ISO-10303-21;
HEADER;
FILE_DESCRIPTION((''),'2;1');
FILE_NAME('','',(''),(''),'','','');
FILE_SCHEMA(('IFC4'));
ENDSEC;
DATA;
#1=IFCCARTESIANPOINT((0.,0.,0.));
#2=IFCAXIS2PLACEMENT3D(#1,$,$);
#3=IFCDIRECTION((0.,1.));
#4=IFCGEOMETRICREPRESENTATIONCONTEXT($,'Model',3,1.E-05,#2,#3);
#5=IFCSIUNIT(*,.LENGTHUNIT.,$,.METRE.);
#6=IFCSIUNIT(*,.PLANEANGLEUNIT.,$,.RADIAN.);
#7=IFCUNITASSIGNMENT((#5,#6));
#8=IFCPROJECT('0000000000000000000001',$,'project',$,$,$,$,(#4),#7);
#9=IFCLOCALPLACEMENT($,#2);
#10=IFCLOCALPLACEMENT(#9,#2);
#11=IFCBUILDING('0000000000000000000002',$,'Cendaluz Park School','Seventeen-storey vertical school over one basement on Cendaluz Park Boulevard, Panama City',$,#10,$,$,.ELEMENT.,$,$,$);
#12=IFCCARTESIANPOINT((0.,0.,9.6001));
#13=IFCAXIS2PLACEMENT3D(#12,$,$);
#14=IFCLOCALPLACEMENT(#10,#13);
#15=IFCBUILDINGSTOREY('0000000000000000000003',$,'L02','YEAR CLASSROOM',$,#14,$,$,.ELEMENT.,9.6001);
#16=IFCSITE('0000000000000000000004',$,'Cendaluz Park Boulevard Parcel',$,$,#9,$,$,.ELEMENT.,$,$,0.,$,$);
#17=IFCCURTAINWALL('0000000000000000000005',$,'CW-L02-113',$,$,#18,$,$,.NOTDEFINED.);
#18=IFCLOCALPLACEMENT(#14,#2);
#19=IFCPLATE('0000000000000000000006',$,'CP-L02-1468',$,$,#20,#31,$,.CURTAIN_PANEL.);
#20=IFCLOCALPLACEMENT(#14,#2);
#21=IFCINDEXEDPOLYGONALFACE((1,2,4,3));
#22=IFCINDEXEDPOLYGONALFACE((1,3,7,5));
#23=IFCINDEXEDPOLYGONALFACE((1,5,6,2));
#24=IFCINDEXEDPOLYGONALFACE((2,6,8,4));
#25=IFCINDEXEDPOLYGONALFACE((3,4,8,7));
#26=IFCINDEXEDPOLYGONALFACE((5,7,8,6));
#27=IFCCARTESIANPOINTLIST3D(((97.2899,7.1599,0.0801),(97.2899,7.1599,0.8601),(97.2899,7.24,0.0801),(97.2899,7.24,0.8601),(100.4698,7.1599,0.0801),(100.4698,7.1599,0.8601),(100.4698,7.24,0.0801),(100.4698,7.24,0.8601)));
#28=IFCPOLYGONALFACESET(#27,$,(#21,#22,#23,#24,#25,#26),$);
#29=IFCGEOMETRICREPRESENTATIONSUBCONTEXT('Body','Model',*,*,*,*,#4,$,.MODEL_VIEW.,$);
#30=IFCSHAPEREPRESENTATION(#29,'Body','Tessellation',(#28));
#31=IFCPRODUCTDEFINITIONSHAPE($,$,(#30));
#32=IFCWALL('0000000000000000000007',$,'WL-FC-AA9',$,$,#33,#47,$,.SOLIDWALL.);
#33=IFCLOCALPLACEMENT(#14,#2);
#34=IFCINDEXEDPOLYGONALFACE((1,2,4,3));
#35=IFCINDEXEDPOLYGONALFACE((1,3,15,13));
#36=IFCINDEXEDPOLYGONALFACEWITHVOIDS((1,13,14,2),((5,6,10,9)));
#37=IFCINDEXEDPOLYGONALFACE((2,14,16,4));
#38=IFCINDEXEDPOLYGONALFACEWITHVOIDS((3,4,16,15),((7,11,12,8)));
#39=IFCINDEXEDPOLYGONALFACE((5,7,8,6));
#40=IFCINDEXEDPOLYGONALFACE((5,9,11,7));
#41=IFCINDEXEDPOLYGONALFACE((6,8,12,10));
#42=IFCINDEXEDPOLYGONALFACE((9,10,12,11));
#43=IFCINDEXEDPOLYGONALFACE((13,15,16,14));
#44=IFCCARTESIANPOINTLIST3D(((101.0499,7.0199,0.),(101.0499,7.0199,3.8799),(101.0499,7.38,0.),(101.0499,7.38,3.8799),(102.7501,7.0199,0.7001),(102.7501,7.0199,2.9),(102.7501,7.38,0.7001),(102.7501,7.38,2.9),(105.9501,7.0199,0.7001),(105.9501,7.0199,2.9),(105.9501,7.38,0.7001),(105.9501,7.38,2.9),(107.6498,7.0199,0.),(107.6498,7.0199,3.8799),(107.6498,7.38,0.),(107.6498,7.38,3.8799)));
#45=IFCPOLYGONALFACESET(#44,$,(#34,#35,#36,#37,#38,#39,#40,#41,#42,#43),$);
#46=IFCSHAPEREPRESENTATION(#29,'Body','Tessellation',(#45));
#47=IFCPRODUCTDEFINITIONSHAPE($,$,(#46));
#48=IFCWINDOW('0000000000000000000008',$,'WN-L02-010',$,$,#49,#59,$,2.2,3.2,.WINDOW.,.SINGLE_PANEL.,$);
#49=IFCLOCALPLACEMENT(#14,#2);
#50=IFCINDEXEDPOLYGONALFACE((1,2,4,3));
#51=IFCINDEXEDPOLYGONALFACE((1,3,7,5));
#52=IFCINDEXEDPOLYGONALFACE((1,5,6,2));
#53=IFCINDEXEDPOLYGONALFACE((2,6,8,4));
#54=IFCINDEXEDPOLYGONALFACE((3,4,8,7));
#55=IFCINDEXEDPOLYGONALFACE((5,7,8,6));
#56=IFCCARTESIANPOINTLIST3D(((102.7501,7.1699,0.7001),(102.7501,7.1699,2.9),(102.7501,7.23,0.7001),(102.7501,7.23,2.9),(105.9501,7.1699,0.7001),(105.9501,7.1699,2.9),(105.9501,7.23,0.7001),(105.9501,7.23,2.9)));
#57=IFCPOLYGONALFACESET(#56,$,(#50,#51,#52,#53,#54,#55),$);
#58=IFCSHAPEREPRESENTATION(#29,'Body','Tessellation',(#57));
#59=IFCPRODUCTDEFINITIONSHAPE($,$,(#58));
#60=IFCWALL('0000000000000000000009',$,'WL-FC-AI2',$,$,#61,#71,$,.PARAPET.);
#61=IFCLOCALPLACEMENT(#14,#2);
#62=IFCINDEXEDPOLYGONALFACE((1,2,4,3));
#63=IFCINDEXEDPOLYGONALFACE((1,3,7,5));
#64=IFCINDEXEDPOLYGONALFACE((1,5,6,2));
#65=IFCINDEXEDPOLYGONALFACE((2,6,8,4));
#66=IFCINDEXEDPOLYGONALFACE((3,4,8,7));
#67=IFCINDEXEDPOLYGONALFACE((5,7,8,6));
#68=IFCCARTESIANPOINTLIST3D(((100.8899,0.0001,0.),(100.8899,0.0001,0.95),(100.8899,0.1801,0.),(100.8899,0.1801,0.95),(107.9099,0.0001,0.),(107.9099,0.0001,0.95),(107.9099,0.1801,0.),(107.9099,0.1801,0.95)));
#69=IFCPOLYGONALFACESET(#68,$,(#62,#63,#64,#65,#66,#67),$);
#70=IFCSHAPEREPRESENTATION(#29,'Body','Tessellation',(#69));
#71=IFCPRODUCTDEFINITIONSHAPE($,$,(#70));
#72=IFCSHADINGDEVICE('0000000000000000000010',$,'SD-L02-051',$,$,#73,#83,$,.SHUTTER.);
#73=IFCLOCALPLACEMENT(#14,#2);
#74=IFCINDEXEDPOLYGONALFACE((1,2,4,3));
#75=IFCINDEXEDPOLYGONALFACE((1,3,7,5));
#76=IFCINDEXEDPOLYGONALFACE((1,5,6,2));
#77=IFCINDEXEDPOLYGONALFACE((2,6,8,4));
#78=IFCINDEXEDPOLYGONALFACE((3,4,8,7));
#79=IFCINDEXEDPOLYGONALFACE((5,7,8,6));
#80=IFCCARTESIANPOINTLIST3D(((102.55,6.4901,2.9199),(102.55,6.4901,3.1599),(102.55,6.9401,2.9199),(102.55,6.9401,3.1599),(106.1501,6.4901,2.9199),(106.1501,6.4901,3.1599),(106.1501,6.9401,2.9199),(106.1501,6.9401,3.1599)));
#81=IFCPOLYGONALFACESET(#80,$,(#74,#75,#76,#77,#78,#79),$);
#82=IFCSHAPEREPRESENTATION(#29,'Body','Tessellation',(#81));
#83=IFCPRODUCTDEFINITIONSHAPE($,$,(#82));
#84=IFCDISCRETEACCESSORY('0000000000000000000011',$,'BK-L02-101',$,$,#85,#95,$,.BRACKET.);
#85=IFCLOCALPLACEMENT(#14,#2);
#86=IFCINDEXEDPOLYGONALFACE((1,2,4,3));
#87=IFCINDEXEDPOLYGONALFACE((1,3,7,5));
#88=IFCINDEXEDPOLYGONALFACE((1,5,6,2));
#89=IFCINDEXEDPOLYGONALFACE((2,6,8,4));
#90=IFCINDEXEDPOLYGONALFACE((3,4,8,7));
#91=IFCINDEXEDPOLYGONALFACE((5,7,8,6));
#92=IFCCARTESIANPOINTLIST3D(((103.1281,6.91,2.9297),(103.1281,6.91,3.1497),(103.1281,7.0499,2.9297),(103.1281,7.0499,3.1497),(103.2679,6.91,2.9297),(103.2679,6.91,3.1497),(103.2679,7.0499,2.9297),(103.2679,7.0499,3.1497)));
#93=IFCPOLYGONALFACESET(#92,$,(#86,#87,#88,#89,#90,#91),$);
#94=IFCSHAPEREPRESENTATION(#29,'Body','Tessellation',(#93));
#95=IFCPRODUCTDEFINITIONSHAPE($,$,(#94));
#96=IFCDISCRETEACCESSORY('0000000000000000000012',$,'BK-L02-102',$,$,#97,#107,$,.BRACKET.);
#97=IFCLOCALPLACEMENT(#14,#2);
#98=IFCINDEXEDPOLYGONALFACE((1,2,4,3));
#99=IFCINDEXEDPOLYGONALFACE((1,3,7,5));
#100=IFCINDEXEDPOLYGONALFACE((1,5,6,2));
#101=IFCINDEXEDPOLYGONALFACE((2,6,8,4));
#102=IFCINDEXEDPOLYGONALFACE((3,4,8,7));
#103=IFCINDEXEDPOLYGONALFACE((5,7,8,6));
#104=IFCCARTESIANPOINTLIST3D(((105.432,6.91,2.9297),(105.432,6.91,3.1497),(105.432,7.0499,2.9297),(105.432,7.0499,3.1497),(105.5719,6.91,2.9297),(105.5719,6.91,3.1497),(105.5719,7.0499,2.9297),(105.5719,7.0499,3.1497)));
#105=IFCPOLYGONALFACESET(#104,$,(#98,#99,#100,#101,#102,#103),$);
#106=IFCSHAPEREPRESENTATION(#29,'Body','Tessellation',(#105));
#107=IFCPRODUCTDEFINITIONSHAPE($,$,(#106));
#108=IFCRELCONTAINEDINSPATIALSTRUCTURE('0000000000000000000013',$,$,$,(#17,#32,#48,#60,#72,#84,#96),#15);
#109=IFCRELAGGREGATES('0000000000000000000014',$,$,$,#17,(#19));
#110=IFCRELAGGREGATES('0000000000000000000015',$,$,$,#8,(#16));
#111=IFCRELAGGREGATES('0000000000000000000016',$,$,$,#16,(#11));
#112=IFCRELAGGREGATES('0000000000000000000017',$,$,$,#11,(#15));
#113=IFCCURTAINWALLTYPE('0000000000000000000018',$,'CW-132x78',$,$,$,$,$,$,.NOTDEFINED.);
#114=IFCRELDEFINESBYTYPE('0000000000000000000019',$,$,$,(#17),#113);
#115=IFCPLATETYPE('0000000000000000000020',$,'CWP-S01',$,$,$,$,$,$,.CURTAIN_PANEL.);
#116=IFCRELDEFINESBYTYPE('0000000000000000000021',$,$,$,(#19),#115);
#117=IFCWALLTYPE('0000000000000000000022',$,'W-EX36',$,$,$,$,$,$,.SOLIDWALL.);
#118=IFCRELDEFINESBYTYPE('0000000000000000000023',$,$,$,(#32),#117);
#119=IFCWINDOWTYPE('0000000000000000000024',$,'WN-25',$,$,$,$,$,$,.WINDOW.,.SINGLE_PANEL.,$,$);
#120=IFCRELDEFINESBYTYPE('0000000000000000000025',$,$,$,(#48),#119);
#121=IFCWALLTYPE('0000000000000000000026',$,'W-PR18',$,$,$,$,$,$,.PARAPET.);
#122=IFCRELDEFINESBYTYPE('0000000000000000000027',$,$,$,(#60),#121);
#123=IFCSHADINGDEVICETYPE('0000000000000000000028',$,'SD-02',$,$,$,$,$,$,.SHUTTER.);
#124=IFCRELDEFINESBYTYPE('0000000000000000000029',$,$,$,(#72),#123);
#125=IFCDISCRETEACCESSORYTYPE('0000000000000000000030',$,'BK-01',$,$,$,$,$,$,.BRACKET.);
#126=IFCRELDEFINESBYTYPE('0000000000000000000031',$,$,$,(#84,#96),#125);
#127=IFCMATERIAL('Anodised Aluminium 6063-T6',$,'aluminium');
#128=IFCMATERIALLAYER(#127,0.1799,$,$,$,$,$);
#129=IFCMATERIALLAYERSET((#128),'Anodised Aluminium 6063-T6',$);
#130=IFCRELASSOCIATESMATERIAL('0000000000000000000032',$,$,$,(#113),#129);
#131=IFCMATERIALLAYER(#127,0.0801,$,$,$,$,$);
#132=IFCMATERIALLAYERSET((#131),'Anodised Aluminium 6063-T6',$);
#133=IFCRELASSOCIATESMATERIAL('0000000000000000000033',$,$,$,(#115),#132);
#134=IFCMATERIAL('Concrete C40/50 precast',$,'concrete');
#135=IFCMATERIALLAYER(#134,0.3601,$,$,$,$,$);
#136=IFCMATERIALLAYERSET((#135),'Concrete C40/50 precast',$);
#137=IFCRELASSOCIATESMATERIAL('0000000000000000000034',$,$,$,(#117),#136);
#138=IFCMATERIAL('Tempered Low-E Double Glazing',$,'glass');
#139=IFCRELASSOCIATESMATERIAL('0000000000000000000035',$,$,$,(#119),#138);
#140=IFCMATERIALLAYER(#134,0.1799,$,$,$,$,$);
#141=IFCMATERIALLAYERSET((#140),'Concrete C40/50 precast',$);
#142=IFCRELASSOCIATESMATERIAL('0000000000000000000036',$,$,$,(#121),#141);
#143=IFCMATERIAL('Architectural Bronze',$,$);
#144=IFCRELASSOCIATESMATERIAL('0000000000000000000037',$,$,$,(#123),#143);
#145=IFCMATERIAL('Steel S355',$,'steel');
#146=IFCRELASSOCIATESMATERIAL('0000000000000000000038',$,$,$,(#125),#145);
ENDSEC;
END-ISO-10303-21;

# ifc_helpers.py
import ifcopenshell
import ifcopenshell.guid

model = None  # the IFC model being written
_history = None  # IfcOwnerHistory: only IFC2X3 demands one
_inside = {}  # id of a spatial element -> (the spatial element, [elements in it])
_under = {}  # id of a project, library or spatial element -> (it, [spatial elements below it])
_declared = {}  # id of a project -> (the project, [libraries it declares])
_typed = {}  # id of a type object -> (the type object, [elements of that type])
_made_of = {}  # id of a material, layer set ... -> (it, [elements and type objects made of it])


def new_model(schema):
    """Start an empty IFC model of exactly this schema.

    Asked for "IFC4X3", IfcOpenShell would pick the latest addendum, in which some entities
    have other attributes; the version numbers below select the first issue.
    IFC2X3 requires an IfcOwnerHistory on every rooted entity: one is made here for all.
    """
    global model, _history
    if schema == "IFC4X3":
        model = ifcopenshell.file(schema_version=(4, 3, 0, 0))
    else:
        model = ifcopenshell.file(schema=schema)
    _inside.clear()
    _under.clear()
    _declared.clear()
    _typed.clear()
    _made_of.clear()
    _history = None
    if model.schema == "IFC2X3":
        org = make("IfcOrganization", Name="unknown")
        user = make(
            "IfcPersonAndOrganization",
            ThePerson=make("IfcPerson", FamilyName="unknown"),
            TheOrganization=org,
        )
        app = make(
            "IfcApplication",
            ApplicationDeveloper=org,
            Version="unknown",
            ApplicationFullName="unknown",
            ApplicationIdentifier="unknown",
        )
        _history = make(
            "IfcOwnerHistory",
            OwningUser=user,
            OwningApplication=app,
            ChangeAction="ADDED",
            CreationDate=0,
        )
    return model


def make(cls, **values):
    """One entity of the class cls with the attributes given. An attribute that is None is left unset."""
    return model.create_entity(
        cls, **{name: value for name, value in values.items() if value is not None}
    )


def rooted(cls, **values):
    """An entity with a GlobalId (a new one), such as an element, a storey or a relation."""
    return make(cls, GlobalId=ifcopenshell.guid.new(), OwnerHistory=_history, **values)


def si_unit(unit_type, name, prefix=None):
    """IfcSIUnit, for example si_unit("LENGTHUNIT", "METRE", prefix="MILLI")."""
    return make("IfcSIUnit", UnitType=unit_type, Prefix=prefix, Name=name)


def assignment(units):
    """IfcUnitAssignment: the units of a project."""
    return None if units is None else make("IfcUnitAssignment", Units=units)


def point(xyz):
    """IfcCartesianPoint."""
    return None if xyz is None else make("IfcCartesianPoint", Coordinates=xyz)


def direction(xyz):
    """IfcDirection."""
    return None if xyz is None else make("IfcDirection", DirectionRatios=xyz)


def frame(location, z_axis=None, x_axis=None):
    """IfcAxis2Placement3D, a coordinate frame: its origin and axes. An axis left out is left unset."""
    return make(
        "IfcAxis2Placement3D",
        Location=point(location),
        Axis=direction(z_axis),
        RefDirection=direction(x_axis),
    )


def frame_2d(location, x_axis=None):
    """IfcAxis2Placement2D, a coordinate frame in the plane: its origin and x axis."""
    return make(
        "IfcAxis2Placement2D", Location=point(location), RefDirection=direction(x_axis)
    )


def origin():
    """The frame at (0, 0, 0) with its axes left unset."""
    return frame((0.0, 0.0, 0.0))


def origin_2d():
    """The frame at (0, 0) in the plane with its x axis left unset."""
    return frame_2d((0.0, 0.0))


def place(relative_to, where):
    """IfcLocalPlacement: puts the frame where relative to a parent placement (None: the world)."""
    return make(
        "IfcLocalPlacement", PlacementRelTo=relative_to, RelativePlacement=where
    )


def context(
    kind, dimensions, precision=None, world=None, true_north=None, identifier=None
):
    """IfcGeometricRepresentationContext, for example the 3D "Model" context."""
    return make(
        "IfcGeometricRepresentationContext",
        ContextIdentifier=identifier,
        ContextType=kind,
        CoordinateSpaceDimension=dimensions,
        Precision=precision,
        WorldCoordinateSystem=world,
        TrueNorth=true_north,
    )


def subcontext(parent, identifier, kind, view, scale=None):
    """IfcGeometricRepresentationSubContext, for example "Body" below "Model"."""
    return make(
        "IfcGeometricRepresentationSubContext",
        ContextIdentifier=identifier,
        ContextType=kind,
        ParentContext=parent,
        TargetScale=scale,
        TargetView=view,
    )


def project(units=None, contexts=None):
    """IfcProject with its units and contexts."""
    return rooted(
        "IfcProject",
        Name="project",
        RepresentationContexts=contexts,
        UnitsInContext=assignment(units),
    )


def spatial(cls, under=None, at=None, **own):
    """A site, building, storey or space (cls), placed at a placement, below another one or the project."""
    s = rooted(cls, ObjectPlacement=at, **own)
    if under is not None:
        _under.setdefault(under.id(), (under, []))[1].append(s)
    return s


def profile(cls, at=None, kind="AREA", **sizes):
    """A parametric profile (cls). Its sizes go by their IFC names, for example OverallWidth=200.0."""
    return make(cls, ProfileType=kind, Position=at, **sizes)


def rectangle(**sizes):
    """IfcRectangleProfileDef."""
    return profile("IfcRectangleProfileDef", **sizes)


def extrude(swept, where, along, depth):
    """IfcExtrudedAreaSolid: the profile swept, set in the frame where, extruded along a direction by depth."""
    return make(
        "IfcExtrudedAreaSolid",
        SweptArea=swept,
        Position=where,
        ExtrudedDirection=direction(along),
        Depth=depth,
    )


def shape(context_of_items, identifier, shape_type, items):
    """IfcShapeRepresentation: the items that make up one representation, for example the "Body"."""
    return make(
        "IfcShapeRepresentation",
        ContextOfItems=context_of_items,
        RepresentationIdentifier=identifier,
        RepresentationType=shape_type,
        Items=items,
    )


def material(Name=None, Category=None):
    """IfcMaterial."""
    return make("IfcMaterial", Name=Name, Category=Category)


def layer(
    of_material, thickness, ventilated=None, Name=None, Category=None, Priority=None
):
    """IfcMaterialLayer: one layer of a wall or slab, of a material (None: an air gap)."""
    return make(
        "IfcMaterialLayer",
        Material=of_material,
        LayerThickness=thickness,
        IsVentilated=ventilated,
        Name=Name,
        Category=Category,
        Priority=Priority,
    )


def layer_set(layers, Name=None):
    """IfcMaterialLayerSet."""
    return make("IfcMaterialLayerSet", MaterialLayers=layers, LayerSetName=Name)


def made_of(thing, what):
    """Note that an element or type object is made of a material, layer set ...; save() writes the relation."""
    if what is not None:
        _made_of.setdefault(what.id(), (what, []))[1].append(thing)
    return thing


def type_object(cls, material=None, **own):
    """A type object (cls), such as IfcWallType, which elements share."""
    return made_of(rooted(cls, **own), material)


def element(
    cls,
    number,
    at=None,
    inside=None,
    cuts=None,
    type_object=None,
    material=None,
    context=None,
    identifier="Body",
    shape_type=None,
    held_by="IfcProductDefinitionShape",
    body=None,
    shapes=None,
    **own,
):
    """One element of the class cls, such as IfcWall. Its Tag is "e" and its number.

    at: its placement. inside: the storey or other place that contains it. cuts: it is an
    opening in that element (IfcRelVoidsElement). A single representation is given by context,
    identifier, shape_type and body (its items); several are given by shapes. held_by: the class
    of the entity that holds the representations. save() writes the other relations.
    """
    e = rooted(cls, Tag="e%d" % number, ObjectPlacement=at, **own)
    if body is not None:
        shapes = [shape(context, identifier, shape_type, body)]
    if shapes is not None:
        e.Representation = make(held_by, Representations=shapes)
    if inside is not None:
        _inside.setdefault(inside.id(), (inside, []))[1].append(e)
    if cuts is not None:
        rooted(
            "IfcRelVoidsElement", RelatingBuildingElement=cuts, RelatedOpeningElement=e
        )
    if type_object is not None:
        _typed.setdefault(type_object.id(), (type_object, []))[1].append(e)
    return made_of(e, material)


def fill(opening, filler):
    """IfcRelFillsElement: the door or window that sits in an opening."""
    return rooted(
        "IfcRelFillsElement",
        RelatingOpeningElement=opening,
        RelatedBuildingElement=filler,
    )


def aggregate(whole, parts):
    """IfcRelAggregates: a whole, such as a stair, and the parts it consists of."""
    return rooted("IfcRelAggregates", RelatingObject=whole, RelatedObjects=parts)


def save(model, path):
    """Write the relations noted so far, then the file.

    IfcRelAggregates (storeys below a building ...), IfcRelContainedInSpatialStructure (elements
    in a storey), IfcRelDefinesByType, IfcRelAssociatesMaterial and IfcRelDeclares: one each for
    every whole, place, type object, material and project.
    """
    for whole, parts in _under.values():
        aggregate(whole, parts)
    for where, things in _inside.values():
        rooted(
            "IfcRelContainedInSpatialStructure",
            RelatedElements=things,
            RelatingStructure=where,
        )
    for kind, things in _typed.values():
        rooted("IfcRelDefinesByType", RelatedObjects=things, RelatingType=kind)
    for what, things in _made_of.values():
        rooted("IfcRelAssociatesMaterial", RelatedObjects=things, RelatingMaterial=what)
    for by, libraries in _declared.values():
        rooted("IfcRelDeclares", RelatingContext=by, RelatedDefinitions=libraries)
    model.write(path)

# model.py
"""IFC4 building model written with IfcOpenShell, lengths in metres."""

from ifc_helpers import new_model, si_unit, direction, frame, frame_2d, origin, origin_2d, place, context, subcontext, project, spatial, rectangle, extrude, material, layer, layer_set, type_object, element, fill, aggregate, save


model = new_model("IFC4")

# Units and contexts
model_context = context("Model", 3, precision=1e-05, world=origin(), true_north=direction((0.0, 1.0)))
body_context = subcontext(model_context, "Body", "Model", "MODEL_VIEW")
ifc_project = project(units=[si_unit("LENGTHUNIT", "METRE"), si_unit("PLANEANGLEUNIT", "RADIAN")], contexts=[model_context])

# Site, building, storey
site_placement = place(None, origin())
site = spatial("IfcSite", under=ifc_project, at=site_placement, Name="Cendaluz Park Boulevard Parcel", CompositionType="ELEMENT", RefElevation=0.0)
building_placement = place(site_placement, origin())
building = spatial("IfcBuilding", under=site, at=building_placement, Name="Cendaluz Park School", Description="Seventeen-storey vertical school over one basement on Cendaluz Park Boulevard, Panama City", CompositionType="ELEMENT")
storey_placement = place(building_placement, frame((0.0, 0.0, 9.6001)))
storey = spatial("IfcBuildingStorey", under=building, at=storey_placement, Name="L02", Description="YEAR CLASSROOM", CompositionType="ELEMENT", Elevation=9.6001)

# Curtain wall, plate
ifc_material_1 = material(Name="Anodised Aluminium 6063-T6", Category="aluminium")
ifc_layer_1 = layer(ifc_material_1, 0.1799)
ifc_layer_set_1 = layer_set([ifc_layer_1], Name="Anodised Aluminium 6063-T6")
curtain_wall_type = type_object("IfcCurtainWallType", Name="CW-132x78", PredefinedType="NOTDEFINED", material=ifc_layer_set_1)
curtain_wall_placement = place(storey_placement, origin())
curtain_wall = element("IfcCurtainWall", 1, at=curtain_wall_placement, inside=storey, type_object=curtain_wall_type, Name="CW-L02-113", PredefinedType="NOTDEFINED")
ifc_material_2 = material(Name="Tempered Low-E Double Glazing", Category="glass")
ifc_layer_2 = layer(ifc_material_1, 0.0801)
ifc_layer_set_2 = layer_set([ifc_layer_2], Name="Anodised Aluminium 6063-T6")
plate_type_1 = type_object("IfcPlateType", Name="CWP-S01", PredefinedType="CURTAIN_PANEL", material=ifc_layer_set_2)
plate_1_placement = place(storey_placement, frame((98.8799, 7.2, 0.0801), z_axis=(0.0, 0.0, 1.0), x_axis=(1.0, 0.0, 0.0)))
plate_1 = element("IfcPlate", 2, at=plate_1_placement, type_object=plate_type_1, Name="CP-L02-1468", PredefinedType="CURTAIN_PANEL", context=body_context, shape_type="SweptSolid", body=[
    extrude(rectangle(XDim=3.1799, YDim=0.0801, at=origin_2d()), origin(), (0.0, 0.0, 1.0), 0.78),
])
aggregate(curtain_wall, [plate_1])

# Wall, opening, window
ifc_material_3 = material(Name="Concrete C40/50 precast", Category="concrete")
ifc_layer_3 = layer(ifc_material_3, 0.3601)
ifc_layer_set_3 = layer_set([ifc_layer_3], Name="Concrete C40/50 precast")
wall_type_1 = type_object("IfcWallType", Name="W-EX36", PredefinedType="SOLIDWALL", material=ifc_layer_set_3)
wall_1_placement = place(storey_placement, frame((101.05, 7.2, 0.0), z_axis=(0.0, 0.0, 1.0), x_axis=(1.0, 0.0, 0.0)))
wall_1 = element("IfcWall", 3, at=wall_1_placement, inside=storey, type_object=wall_type_1, Name="WL-FC-AA9", PredefinedType="SOLIDWALL", context=body_context, shape_type="SweptSolid", body=[
    extrude(rectangle(XDim=6.5999, YDim=0.3601, at=frame_2d((3.2998, 0.0))), origin(), (0.0, 0.0, 1.0), 3.8799),
])
opening_placement = place(wall_1_placement, frame((1.7, 0.0, 0.7)))
opening = element("IfcOpeningElement", 4, at=opening_placement, cuts=wall_1, PredefinedType="OPENING", context=body_context, shape_type="SweptSolid", body=[
    extrude(rectangle(XDim=3.2, YDim=2.2, at=frame_2d((1.6001, 1.1001))), frame((0.0, 0.1921, 0.0), z_axis=(0.0, -1.0, 0.0), x_axis=(1.0, 0.0, 0.0)), (0.0, 0.0, 1.0), 0.384),
])
window_type = type_object("IfcWindowType", Name="WN-25", PartitioningType="SINGLE_PANEL", PredefinedType="WINDOW", material=ifc_material_2)
window_placement = place(opening_placement, origin())
window = element("IfcWindow", 5, at=window_placement, inside=storey, type_object=window_type, Name="WN-L02-010", OverallHeight=2.2, OverallWidth=3.2, PartitioningType="SINGLE_PANEL", PredefinedType="WINDOW", context=body_context, shape_type="SweptSolid", body=[
    extrude(rectangle(XDim=3.2, YDim=2.2, at=frame_2d((1.6001, 1.1001))), frame((0.0, 0.03, 0.0), z_axis=(0.0, -1.0, 0.0), x_axis=(1.0, 0.0, 0.0)), (0.0, 0.0, 1.0), 0.0601),
])
fill(opening, window)

# Wall
ifc_layer_4 = layer(ifc_material_3, 0.1799)
ifc_layer_set_4 = layer_set([ifc_layer_4], Name="Concrete C40/50 precast")
wall_type_2 = type_object("IfcWallType", Name="W-PR18", PredefinedType="PARAPET", material=ifc_layer_set_4)
wall_2_placement = place(storey_placement, frame((100.8899, 0.0901, 0.0), z_axis=(0.0, 0.0, 1.0), x_axis=(1.0, 0.0, 0.0)))
element("IfcWall", 6, at=wall_2_placement, inside=storey, type_object=wall_type_2, Name="WL-FC-AI2", PredefinedType="PARAPET", context=body_context, shape_type="SweptSolid", body=[
    extrude(rectangle(XDim=7.02, YDim=0.1799, at=frame_2d((3.51, 0.0))), origin(), (0.0, 0.0, 1.0), 0.95),
])

# Shading device
ifc_material_4 = material(Name="Architectural Bronze")
shading_device_type = type_object("IfcShadingDeviceType", Name="SD-02", PredefinedType="SHUTTER", material=ifc_material_4)
shading_device_placement = place(storey_placement, frame((104.3501, 6.7151, 2.9199), z_axis=(0.0, 0.0, 1.0), x_axis=(1.0, 0.0, 0.0)))
element("IfcShadingDevice", 7, at=shading_device_placement, inside=storey, type_object=shading_device_type, Name="SD-L02-051", PredefinedType="SHUTTER", context=body_context, shape_type="SweptSolid", body=[
    extrude(rectangle(XDim=3.6001, YDim=0.45, at=origin_2d()), origin(), (0.0, 0.0, 1.0), 0.24),
])

# Discrete accessories
ifc_material_5 = material(Name="Steel S355", Category="steel")
discrete_accessory_type = type_object("IfcDiscreteAccessoryType", Name="BK-01", PredefinedType="BRACKET", material=ifc_material_5)
for number, where, z_axis, x_axis, name in (
    (8, (103.198, 6.98, 2.9297), (0.0, 0.0, 1.0), (1.0, 0.0, 0.0), "BK-L02-101"),
    (9, (105.502, 6.98, 2.9297), (0.0, 0.0, 1.0), (1.0, 0.0, 0.0), "BK-L02-102"),
):
    element("IfcDiscreteAccessory", number, at=place(storey_placement, frame(where, z_axis=z_axis, x_axis=x_axis)), inside=storey, type_object=discrete_accessory_type, Name=name, PredefinedType="BRACKET", context=body_context, shape_type="SweptSolid", body=[
        extrude(rectangle(XDim=0.1399, YDim=0.1399, at=origin_2d()), origin(), (0.0, 0.0, 1.0), 0.22),
    ])

save(model, "model.ifc")
